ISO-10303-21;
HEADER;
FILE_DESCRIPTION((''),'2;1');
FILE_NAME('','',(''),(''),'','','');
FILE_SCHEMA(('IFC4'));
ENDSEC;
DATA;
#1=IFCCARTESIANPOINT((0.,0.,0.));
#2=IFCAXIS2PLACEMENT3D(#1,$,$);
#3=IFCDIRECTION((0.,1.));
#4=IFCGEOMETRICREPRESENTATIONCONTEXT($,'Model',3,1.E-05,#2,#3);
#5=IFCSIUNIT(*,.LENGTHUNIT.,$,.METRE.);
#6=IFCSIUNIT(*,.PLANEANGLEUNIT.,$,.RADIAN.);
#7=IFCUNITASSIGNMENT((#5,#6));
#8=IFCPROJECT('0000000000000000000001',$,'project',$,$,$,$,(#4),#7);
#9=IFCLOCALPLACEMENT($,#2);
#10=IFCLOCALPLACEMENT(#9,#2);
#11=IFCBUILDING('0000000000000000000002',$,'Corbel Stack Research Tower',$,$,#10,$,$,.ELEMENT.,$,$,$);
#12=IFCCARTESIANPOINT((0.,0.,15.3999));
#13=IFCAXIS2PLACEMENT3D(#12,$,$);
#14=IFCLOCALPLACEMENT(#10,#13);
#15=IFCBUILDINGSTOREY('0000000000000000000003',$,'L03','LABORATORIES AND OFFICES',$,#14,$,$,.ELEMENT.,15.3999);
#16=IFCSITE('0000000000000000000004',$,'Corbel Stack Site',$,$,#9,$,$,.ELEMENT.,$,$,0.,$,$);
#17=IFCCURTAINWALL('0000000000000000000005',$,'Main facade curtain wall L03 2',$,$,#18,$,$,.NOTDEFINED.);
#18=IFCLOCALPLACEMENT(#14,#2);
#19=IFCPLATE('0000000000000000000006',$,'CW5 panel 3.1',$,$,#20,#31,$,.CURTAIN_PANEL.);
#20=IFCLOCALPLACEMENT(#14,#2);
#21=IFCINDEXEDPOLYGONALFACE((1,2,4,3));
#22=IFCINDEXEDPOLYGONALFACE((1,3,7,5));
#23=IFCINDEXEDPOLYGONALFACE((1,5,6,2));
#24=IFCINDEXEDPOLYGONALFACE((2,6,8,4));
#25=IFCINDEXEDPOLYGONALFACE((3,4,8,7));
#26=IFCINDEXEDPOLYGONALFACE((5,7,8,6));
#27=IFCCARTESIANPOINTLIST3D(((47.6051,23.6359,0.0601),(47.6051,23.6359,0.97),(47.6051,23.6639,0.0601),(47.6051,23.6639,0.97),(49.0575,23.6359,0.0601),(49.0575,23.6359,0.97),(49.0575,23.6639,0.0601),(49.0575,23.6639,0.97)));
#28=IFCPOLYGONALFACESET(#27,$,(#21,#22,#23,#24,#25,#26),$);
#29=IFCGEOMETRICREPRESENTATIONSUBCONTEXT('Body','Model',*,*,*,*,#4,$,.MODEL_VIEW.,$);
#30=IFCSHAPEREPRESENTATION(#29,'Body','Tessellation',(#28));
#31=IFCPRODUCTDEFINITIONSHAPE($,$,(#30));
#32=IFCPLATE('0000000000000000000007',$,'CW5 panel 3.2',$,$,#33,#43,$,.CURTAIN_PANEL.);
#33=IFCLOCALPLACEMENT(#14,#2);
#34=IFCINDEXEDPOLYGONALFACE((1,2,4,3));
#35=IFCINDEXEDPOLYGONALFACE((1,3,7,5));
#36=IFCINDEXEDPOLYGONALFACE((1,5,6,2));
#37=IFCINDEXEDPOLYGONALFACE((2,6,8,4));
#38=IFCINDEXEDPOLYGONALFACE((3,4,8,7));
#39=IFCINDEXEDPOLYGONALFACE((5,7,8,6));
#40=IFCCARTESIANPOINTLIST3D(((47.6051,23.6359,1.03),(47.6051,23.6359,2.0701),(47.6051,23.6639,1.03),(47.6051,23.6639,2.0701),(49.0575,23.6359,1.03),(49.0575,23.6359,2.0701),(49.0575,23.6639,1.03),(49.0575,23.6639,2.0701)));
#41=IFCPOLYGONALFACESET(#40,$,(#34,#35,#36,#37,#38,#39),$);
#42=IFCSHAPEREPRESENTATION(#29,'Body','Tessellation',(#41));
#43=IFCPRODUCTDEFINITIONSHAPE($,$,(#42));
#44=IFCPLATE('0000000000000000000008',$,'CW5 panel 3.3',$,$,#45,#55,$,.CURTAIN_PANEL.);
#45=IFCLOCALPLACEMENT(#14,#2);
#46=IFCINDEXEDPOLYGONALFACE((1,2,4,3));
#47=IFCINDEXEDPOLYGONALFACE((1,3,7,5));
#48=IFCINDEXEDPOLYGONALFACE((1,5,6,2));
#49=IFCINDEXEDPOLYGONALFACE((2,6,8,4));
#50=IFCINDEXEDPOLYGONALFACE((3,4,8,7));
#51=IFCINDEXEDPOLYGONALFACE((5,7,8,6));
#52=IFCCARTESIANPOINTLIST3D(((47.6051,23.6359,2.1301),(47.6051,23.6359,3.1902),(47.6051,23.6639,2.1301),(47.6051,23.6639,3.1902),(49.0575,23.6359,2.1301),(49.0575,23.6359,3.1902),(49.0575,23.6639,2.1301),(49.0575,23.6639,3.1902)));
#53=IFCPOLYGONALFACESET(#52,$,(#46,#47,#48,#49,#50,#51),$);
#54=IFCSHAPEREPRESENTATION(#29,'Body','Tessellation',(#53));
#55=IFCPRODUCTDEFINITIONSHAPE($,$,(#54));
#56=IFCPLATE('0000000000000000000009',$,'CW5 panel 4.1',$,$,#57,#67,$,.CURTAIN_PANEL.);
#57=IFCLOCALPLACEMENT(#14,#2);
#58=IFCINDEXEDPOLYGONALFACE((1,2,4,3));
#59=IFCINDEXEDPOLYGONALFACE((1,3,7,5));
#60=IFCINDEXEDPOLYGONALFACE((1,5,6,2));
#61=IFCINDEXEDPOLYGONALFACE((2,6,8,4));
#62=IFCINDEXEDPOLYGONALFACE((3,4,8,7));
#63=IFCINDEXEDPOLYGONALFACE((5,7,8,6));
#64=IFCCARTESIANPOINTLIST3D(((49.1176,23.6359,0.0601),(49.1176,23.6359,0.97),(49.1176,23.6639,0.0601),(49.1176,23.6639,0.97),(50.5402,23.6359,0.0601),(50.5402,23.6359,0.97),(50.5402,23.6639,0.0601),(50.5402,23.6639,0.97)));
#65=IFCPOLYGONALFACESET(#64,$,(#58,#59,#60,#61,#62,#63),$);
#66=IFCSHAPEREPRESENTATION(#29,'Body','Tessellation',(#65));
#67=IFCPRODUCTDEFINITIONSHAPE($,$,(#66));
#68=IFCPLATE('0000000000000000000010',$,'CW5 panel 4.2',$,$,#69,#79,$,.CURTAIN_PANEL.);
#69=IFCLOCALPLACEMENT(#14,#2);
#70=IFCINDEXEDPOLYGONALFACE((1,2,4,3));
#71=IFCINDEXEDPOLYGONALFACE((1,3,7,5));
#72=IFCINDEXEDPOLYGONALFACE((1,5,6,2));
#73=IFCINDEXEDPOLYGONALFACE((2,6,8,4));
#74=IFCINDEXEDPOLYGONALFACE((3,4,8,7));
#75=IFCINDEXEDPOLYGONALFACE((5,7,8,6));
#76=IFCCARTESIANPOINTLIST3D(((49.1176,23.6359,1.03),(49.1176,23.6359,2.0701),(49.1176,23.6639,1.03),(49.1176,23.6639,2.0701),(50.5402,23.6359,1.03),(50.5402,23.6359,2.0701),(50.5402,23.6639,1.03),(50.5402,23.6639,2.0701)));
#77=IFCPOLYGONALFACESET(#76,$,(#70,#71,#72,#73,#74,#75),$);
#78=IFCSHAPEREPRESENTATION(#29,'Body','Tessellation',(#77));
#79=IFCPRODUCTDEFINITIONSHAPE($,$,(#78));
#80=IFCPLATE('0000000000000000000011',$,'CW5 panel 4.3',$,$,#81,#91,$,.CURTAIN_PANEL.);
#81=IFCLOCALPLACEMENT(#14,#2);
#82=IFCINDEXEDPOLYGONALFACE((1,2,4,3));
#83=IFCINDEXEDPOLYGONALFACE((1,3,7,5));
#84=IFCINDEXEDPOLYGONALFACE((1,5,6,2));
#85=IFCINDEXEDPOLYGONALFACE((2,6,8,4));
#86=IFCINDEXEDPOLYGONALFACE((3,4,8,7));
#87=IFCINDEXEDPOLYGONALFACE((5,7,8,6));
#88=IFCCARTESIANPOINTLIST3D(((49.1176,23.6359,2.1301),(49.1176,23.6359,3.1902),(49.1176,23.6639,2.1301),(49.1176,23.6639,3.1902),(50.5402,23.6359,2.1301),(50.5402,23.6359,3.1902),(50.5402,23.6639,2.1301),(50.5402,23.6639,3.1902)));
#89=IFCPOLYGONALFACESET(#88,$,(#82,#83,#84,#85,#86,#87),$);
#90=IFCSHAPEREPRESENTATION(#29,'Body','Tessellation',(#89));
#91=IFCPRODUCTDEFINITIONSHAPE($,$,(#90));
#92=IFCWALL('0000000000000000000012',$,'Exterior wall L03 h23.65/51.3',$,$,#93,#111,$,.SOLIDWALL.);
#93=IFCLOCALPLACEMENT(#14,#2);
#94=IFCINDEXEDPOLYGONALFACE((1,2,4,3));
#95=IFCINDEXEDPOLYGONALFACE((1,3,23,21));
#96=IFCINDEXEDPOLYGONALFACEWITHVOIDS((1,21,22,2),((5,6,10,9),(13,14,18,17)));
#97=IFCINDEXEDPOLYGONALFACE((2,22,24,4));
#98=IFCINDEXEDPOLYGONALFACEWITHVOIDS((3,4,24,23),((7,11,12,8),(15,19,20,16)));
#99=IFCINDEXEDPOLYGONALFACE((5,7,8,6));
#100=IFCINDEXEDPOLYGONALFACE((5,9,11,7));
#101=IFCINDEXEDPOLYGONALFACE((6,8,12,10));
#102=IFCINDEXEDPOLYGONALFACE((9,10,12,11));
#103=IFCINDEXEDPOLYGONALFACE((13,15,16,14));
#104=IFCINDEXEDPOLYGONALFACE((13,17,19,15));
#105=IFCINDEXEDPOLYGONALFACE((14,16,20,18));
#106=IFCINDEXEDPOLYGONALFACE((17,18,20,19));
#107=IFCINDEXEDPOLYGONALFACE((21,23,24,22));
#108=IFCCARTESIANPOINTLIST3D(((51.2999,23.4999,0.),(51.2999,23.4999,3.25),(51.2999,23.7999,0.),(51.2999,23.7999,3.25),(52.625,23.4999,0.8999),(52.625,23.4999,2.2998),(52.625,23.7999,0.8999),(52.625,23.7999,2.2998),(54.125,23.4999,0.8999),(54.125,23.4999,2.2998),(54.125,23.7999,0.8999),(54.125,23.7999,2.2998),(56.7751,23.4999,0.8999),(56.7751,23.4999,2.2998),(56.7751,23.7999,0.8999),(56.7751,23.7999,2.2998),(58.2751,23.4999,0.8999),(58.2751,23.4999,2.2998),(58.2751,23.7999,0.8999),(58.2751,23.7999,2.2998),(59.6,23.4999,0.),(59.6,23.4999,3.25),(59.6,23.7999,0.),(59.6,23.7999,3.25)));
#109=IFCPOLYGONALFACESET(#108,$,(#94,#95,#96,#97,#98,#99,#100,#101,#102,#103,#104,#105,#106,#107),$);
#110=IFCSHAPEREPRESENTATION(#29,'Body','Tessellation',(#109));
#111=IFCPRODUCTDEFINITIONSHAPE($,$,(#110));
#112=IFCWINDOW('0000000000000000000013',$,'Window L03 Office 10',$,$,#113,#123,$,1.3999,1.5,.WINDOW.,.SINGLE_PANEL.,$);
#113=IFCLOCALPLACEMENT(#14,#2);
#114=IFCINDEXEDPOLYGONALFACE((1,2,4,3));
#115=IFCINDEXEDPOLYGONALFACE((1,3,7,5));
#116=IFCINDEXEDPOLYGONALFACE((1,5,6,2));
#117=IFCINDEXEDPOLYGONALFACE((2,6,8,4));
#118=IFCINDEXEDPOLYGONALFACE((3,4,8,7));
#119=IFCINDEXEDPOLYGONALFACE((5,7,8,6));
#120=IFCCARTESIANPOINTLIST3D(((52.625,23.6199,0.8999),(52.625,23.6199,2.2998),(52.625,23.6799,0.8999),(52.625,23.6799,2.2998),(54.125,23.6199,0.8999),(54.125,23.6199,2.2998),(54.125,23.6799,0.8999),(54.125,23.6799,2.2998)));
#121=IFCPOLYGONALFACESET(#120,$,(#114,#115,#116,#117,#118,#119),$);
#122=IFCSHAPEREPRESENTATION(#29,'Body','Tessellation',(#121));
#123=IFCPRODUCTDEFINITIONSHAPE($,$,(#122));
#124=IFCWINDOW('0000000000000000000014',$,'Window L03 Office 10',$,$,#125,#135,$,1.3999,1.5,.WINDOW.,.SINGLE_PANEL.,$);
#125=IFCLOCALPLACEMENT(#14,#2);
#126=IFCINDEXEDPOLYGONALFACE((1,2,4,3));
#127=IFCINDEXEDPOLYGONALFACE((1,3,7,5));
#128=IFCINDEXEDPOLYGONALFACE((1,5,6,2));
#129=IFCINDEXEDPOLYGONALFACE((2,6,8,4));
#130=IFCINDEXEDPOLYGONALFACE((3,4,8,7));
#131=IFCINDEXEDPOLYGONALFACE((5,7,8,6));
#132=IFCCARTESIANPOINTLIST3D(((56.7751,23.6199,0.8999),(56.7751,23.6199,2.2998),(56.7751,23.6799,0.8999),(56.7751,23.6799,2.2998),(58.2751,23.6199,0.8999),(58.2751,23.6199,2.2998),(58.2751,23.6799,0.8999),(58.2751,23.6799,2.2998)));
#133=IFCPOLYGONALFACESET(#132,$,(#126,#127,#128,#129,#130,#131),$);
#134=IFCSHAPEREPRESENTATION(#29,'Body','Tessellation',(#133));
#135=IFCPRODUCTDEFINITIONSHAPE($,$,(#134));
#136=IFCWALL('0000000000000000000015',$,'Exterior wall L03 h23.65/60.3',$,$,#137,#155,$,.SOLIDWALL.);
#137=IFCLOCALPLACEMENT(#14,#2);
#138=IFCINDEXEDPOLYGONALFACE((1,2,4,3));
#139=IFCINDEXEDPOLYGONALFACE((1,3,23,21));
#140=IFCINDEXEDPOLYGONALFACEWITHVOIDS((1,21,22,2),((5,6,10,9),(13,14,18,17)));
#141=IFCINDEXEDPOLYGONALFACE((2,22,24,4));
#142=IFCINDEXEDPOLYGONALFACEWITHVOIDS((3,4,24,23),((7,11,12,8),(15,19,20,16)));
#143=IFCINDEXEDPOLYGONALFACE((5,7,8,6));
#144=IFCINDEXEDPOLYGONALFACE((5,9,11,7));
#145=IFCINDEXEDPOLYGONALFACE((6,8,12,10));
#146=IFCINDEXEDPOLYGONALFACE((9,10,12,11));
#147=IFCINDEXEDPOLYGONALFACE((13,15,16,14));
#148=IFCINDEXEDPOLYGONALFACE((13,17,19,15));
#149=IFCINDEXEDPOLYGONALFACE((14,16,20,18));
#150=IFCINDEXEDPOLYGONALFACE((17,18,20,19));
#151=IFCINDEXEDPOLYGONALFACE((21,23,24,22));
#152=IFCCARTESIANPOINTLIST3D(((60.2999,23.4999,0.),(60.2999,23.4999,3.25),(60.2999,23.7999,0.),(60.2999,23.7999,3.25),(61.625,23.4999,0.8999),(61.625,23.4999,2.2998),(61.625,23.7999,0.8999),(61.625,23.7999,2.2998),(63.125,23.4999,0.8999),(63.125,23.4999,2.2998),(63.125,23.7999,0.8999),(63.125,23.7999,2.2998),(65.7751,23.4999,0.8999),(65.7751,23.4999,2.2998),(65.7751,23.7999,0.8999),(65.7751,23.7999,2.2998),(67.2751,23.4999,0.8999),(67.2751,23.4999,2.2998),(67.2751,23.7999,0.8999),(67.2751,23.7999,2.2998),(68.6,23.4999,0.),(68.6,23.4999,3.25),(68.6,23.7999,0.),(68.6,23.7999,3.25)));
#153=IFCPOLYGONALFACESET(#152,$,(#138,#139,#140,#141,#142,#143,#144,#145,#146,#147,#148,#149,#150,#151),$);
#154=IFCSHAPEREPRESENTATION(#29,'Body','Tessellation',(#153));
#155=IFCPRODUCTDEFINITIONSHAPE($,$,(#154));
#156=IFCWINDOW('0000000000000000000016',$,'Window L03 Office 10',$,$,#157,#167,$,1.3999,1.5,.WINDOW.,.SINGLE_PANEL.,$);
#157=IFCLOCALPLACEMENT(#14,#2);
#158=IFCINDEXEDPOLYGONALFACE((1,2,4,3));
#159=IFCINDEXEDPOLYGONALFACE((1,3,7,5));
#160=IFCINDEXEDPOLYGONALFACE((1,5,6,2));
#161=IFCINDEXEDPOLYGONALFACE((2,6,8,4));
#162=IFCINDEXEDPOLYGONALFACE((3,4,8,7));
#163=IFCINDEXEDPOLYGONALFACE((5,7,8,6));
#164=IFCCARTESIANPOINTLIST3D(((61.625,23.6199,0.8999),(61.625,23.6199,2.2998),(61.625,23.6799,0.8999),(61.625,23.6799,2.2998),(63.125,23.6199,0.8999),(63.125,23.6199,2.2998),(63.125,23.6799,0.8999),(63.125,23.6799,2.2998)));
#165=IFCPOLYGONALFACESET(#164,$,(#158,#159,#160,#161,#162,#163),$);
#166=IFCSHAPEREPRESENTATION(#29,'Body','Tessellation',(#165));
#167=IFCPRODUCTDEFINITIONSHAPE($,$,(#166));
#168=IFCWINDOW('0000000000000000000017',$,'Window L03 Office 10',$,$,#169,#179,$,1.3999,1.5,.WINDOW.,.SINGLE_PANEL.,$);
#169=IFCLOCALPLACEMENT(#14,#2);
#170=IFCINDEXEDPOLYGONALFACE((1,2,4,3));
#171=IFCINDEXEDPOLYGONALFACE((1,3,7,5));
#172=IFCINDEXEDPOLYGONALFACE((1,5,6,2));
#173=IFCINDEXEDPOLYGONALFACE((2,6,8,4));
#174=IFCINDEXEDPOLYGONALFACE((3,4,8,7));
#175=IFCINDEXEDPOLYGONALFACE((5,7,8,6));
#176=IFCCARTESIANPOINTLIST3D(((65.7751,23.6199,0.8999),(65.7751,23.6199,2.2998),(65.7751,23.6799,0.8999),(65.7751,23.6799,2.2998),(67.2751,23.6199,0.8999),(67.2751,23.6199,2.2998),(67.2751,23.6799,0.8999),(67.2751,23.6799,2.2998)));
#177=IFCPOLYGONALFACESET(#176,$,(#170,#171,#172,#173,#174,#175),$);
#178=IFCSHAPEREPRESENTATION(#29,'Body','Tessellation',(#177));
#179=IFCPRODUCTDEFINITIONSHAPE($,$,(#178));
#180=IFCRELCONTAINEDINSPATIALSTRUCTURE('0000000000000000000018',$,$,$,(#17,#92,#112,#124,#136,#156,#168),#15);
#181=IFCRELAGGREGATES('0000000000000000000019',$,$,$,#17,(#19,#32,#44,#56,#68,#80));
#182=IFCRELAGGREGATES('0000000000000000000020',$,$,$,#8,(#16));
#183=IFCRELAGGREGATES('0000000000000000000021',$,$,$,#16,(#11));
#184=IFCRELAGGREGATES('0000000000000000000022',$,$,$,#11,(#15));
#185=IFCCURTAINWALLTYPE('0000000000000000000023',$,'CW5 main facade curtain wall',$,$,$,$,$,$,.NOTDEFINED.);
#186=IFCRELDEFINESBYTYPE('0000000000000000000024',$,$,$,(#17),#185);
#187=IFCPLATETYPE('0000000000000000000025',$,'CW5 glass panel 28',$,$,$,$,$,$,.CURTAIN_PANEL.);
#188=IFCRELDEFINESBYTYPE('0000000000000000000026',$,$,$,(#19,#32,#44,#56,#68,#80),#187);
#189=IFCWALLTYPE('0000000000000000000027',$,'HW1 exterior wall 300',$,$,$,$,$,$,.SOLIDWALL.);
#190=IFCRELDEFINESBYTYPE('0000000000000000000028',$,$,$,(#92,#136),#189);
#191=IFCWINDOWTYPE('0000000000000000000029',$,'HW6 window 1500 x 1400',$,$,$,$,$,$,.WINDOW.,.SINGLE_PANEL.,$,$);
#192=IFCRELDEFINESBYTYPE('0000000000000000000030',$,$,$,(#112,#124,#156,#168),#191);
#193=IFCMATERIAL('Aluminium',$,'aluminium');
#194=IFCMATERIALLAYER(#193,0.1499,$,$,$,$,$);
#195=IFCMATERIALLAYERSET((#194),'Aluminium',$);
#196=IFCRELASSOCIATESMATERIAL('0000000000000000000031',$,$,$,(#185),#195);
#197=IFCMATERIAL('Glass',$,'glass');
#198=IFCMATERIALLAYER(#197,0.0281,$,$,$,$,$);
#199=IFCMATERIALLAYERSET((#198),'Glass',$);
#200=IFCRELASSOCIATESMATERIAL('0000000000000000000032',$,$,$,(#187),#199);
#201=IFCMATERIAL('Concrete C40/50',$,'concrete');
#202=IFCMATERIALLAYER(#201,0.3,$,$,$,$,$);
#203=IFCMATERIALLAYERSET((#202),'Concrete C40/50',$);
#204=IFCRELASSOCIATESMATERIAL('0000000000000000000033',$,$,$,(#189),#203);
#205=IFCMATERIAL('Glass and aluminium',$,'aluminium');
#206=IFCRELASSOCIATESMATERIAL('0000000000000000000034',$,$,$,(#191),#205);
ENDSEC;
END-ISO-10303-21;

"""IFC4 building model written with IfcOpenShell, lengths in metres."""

from ifc_helpers import new_model, si_unit, direction, frame, frame_2d, origin, origin_2d, place, context, subcontext, project, spatial, rectangle, extrude, material, layer, layer_set, type_object, element, fill, aggregate, save


model = new_model("IFC4")

# Units and contexts
model_context = context("Model", 3, precision=1e-05, world=origin(), true_north=direction((0.0, 1.0)))
body_context = subcontext(model_context, "Body", "Model", "MODEL_VIEW")
ifc_project = project(units=[si_unit("LENGTHUNIT", "METRE"), si_unit("PLANEANGLEUNIT", "RADIAN")], contexts=[model_context])

# Site, building, storey
site_placement = place(None, origin())
site = spatial("IfcSite", under=ifc_project, at=site_placement, Name="Corbel Stack Site", CompositionType="ELEMENT", RefElevation=0.0)
building_placement = place(site_placement, origin())
building = spatial("IfcBuilding", under=site, at=building_placement, Name="Corbel Stack Research Tower", CompositionType="ELEMENT")
storey_placement = place(building_placement, frame((0.0, 0.0, 15.3999)))
storey = spatial("IfcBuildingStorey", under=building, at=storey_placement, Name="L03", Description="LABORATORIES AND OFFICES", CompositionType="ELEMENT", Elevation=15.3999)

# Curtain wall
ifc_material_1 = material(Name="Aluminium", Category="aluminium")
ifc_layer_1 = layer(ifc_material_1, 0.1499)
ifc_layer_set_1 = layer_set([ifc_layer_1], Name="Aluminium")
curtain_wall_type = type_object("IfcCurtainWallType", Name="CW5 main facade curtain wall", PredefinedType="NOTDEFINED", material=ifc_layer_set_1)
curtain_wall_placement = place(storey_placement, origin())
curtain_wall = element("IfcCurtainWall", 1, at=curtain_wall_placement, inside=storey, type_object=curtain_wall_type, Name="Main facade curtain wall L03 2", PredefinedType="NOTDEFINED")

# Plates
ifc_material_2 = material(Name="Glass", Category="glass")
ifc_layer_2 = layer(ifc_material_2, 0.0281)
ifc_layer_set_2 = layer_set([ifc_layer_2], Name="Glass")
plate_type = type_object("IfcPlateType", Name="CW5 glass panel 28", PredefinedType="CURTAIN_PANEL", material=ifc_layer_set_2)
plate_1_placement = place(storey_placement, frame((48.3313, 23.6499, 0.0601), z_axis=(0.0, 0.0, 1.0), x_axis=(1.0, 0.0, 0.0)))
plate_1 = element("IfcPlate", 2, at=plate_1_placement, type_object=plate_type, Name="CW5 panel 3.1", PredefinedType="CURTAIN_PANEL", context=body_context, shape_type="SweptSolid", body=[
    extrude(rectangle(XDim=1.4524, YDim=0.0281, at=origin_2d()), origin(), (0.0, 0.0, 1.0), 0.9099),
])
plate_2_placement = place(storey_placement, frame((48.3313, 23.6499, 1.03), z_axis=(0.0, 0.0, 1.0), x_axis=(1.0, 0.0, 0.0)))
plate_2 = element("IfcPlate", 3, at=plate_2_placement, type_object=plate_type, Name="CW5 panel 3.2", PredefinedType="CURTAIN_PANEL", context=body_context, shape_type="SweptSolid", body=[
    extrude(rectangle(XDim=1.4524, YDim=0.0281, at=origin_2d()), origin(), (0.0, 0.0, 1.0), 1.04),
])
plate_3_placement = place(storey_placement, frame((48.3313, 23.6499, 2.1301), z_axis=(0.0, 0.0, 1.0), x_axis=(1.0, 0.0, 0.0)))
plate_3 = element("IfcPlate", 4, at=plate_3_placement, type_object=plate_type, Name="CW5 panel 3.3", PredefinedType="CURTAIN_PANEL", context=body_context, shape_type="SweptSolid", body=[
    extrude(rectangle(XDim=1.4524, YDim=0.0281, at=origin_2d()), origin(), (0.0, 0.0, 1.0), 1.0601),
])
plate_4_placement = place(storey_placement, frame((49.8289, 23.6499, 0.0601), z_axis=(0.0, 0.0, 1.0), x_axis=(1.0, 0.0, 0.0)))
plate_4 = element("IfcPlate", 5, at=plate_4_placement, type_object=plate_type, Name="CW5 panel 4.1", PredefinedType="CURTAIN_PANEL", context=body_context, shape_type="SweptSolid", body=[
    extrude(rectangle(XDim=1.4226, YDim=0.0281, at=origin_2d()), origin(), (0.0, 0.0, 1.0), 0.9099),
])
plate_5_placement = place(storey_placement, frame((49.8289, 23.6499, 1.03), z_axis=(0.0, 0.0, 1.0), x_axis=(1.0, 0.0, 0.0)))
plate_5 = element("IfcPlate", 6, at=plate_5_placement, type_object=plate_type, Name="CW5 panel 4.2", PredefinedType="CURTAIN_PANEL", context=body_context, shape_type="SweptSolid", body=[
    extrude(rectangle(XDim=1.4226, YDim=0.0281, at=origin_2d()), origin(), (0.0, 0.0, 1.0), 1.04),
])
plate_6_placement = place(storey_placement, frame((49.8289, 23.6499, 2.1301), z_axis=(0.0, 0.0, 1.0), x_axis=(1.0, 0.0, 0.0)))
plate_6 = element("IfcPlate", 7, at=plate_6_placement, type_object=plate_type, Name="CW5 panel 4.3", PredefinedType="CURTAIN_PANEL", context=body_context, shape_type="SweptSolid", body=[
    extrude(rectangle(XDim=1.4226, YDim=0.0281, at=origin_2d()), origin(), (0.0, 0.0, 1.0), 1.0601),
])
aggregate(curtain_wall, [plate_1, plate_2, plate_3, plate_4, plate_5, plate_6])

# Walls, openings, windows
ifc_material_3 = material(Name="Concrete C40/50", Category="concrete")
ifc_layer_3 = layer(ifc_material_3, 0.3)
ifc_layer_set_3 = layer_set([ifc_layer_3], Name="Concrete C40/50")
wall_type_1 = type_object("IfcWallType", Name="HW1 exterior wall 300", PredefinedType="SOLIDWALL", material=ifc_layer_set_3)
wall_1_placement = place(storey_placement, frame((51.3, 23.6499, 0.0), z_axis=(0.0, 0.0, 1.0), x_axis=(1.0, 0.0, 0.0)))
wall_1 = element("IfcWall", 8, at=wall_1_placement, inside=storey, type_object=wall_type_1, Name="Exterior wall L03 h23.65/51.3", PredefinedType="SOLIDWALL", context=body_context, shape_type="SweptSolid", body=[
    extrude(rectangle(XDim=8.3, YDim=0.3, at=frame_2d((4.1499, 0.0))), origin(), (0.0, 0.0, 1.0), 3.25),
])
opening_1_placement = place(wall_1_placement, frame((1.325, 0.0, 0.8999)))
opening_1 = element("IfcOpeningElement", 9, at=opening_1_placement, cuts=wall_1, PredefinedType="OPENING", context=body_context, shape_type="SweptSolid", body=[
    extrude(rectangle(XDim=1.5, YDim=1.3999, at=frame_2d((0.75, 0.7))), frame((0.0, 0.1599, 0.0), z_axis=(0.0, -1.0, 0.0), x_axis=(1.0, 0.0, 0.0)), (0.0, 0.0, 1.0), 0.3201),
])
opening_2_placement = place(wall_1_placement, frame((5.4751, 0.0, 0.8999)))
opening_2 = element("IfcOpeningElement", 10, at=opening_2_placement, cuts=wall_1, PredefinedType="OPENING", context=body_context, shape_type="SweptSolid", body=[
    extrude(rectangle(XDim=1.5, YDim=1.3999, at=frame_2d((0.75, 0.7))), frame((0.0, 0.1599, 0.0), z_axis=(0.0, -1.0, 0.0), x_axis=(1.0, 0.0, 0.0)), (0.0, 0.0, 1.0), 0.3201),
])
ifc_material_4 = material(Name="Glass and aluminium", Category="aluminium")
window_type = type_object("IfcWindowType", Name="HW6 window 1500 x 1400", PartitioningType="SINGLE_PANEL", PredefinedType="WINDOW", material=ifc_material_4)
window_1_placement = place(opening_1_placement, origin())
window_1 = element("IfcWindow", 11, at=window_1_placement, inside=storey, type_object=window_type, Name="Window L03 Office 10", OverallHeight=1.3999, OverallWidth=1.5, PartitioningType="SINGLE_PANEL", PredefinedType="WINDOW", context=body_context, shape_type="SweptSolid", body=[
    extrude(rectangle(XDim=1.5, YDim=1.3999, at=frame_2d((0.75, 0.7))), frame((0.0, 0.03, 0.0), z_axis=(0.0, -1.0, 0.0), x_axis=(1.0, 0.0, 0.0)), (0.0, 0.0, 1.0), 0.0601),
])
fill(opening_1, window_1)
window_2_placement = place(opening_2_placement, origin())
window_2 = element("IfcWindow", 12, at=window_2_placement, inside=storey, type_object=window_type, Name="Window L03 Office 10", OverallHeight=1.3999, OverallWidth=1.5, PartitioningType="SINGLE_PANEL", PredefinedType="WINDOW", context=body_context, shape_type="SweptSolid", body=[
    extrude(rectangle(XDim=1.5, YDim=1.3999, at=frame_2d((0.75, 0.7))), frame((0.0, 0.03, 0.0), z_axis=(0.0, -1.0, 0.0), x_axis=(1.0, 0.0, 0.0)), (0.0, 0.0, 1.0), 0.0601),
])
fill(opening_2, window_2)
wall_2_placement = place(storey_placement, frame((60.3, 23.6499, 0.0), z_axis=(0.0, 0.0, 1.0), x_axis=(1.0, 0.0, 0.0)))
wall_2 = element("IfcWall", 13, at=wall_2_placement, inside=storey, type_object=wall_type_1, Name="Exterior wall L03 h23.65/60.3", PredefinedType="SOLIDWALL", context=body_context, shape_type="SweptSolid", body=[
    extrude(rectangle(XDim=8.3, YDim=0.3, at=frame_2d((4.1499, 0.0))), origin(), (0.0, 0.0, 1.0), 3.25),
])
opening_3_placement = place(wall_2_placement, frame((1.325, 0.0, 0.8999)))
opening_3 = element("IfcOpeningElement", 14, at=opening_3_placement, cuts=wall_2, PredefinedType="OPENING", context=body_context, shape_type="SweptSolid", body=[
    extrude(rectangle(XDim=1.5, YDim=1.3999, at=frame_2d((0.75, 0.7))), frame((0.0, 0.1599, 0.0), z_axis=(0.0, -1.0, 0.0), x_axis=(1.0, 0.0, 0.0)), (0.0, 0.0, 1.0), 0.3201),
])
opening_4_placement = place(wall_2_placement, frame((5.4751, 0.0, 0.8999)))
opening_4 = element("IfcOpeningElement", 15, at=opening_4_placement, cuts=wall_2, PredefinedType="OPENING", context=body_context, shape_type="SweptSolid", body=[
    extrude(rectangle(XDim=1.5, YDim=1.3999, at=frame_2d((0.75, 0.7))), frame((0.0, 0.1599, 0.0), z_axis=(0.0, -1.0, 0.0), x_axis=(1.0, 0.0, 0.0)), (0.0, 0.0, 1.0), 0.3201),
])
window_3_placement = place(opening_3_placement, origin())
window_3 = element("IfcWindow", 16, at=window_3_placement, inside=storey, type_object=window_type, Name="Window L03 Office 10", OverallHeight=1.3999, OverallWidth=1.5, PartitioningType="SINGLE_PANEL", PredefinedType="WINDOW", context=body_context, shape_type="SweptSolid", body=[
    extrude(rectangle(XDim=1.5, YDim=1.3999, at=frame_2d((0.75, 0.7))), frame((0.0, 0.03, 0.0), z_axis=(0.0, -1.0, 0.0), x_axis=(1.0, 0.0, 0.0)), (0.0, 0.0, 1.0), 0.0601),
])
fill(opening_3, window_3)
window_4_placement = place(opening_4_placement, origin())
window_4 = element("IfcWindow", 17, at=window_4_placement, inside=storey, type_object=window_type, Name="Window L03 Office 10", OverallHeight=1.3999, OverallWidth=1.5, PartitioningType="SINGLE_PANEL", PredefinedType="WINDOW", context=body_context, shape_type="SweptSolid", body=[
    extrude(rectangle(XDim=1.5, YDim=1.3999, at=frame_2d((0.75, 0.7))), frame((0.0, 0.03, 0.0), z_axis=(0.0, -1.0, 0.0), x_axis=(1.0, 0.0, 0.0)), (0.0, 0.0, 1.0), 0.0601),
])
fill(opening_4, window_4)

save(model, "model.ifc")
